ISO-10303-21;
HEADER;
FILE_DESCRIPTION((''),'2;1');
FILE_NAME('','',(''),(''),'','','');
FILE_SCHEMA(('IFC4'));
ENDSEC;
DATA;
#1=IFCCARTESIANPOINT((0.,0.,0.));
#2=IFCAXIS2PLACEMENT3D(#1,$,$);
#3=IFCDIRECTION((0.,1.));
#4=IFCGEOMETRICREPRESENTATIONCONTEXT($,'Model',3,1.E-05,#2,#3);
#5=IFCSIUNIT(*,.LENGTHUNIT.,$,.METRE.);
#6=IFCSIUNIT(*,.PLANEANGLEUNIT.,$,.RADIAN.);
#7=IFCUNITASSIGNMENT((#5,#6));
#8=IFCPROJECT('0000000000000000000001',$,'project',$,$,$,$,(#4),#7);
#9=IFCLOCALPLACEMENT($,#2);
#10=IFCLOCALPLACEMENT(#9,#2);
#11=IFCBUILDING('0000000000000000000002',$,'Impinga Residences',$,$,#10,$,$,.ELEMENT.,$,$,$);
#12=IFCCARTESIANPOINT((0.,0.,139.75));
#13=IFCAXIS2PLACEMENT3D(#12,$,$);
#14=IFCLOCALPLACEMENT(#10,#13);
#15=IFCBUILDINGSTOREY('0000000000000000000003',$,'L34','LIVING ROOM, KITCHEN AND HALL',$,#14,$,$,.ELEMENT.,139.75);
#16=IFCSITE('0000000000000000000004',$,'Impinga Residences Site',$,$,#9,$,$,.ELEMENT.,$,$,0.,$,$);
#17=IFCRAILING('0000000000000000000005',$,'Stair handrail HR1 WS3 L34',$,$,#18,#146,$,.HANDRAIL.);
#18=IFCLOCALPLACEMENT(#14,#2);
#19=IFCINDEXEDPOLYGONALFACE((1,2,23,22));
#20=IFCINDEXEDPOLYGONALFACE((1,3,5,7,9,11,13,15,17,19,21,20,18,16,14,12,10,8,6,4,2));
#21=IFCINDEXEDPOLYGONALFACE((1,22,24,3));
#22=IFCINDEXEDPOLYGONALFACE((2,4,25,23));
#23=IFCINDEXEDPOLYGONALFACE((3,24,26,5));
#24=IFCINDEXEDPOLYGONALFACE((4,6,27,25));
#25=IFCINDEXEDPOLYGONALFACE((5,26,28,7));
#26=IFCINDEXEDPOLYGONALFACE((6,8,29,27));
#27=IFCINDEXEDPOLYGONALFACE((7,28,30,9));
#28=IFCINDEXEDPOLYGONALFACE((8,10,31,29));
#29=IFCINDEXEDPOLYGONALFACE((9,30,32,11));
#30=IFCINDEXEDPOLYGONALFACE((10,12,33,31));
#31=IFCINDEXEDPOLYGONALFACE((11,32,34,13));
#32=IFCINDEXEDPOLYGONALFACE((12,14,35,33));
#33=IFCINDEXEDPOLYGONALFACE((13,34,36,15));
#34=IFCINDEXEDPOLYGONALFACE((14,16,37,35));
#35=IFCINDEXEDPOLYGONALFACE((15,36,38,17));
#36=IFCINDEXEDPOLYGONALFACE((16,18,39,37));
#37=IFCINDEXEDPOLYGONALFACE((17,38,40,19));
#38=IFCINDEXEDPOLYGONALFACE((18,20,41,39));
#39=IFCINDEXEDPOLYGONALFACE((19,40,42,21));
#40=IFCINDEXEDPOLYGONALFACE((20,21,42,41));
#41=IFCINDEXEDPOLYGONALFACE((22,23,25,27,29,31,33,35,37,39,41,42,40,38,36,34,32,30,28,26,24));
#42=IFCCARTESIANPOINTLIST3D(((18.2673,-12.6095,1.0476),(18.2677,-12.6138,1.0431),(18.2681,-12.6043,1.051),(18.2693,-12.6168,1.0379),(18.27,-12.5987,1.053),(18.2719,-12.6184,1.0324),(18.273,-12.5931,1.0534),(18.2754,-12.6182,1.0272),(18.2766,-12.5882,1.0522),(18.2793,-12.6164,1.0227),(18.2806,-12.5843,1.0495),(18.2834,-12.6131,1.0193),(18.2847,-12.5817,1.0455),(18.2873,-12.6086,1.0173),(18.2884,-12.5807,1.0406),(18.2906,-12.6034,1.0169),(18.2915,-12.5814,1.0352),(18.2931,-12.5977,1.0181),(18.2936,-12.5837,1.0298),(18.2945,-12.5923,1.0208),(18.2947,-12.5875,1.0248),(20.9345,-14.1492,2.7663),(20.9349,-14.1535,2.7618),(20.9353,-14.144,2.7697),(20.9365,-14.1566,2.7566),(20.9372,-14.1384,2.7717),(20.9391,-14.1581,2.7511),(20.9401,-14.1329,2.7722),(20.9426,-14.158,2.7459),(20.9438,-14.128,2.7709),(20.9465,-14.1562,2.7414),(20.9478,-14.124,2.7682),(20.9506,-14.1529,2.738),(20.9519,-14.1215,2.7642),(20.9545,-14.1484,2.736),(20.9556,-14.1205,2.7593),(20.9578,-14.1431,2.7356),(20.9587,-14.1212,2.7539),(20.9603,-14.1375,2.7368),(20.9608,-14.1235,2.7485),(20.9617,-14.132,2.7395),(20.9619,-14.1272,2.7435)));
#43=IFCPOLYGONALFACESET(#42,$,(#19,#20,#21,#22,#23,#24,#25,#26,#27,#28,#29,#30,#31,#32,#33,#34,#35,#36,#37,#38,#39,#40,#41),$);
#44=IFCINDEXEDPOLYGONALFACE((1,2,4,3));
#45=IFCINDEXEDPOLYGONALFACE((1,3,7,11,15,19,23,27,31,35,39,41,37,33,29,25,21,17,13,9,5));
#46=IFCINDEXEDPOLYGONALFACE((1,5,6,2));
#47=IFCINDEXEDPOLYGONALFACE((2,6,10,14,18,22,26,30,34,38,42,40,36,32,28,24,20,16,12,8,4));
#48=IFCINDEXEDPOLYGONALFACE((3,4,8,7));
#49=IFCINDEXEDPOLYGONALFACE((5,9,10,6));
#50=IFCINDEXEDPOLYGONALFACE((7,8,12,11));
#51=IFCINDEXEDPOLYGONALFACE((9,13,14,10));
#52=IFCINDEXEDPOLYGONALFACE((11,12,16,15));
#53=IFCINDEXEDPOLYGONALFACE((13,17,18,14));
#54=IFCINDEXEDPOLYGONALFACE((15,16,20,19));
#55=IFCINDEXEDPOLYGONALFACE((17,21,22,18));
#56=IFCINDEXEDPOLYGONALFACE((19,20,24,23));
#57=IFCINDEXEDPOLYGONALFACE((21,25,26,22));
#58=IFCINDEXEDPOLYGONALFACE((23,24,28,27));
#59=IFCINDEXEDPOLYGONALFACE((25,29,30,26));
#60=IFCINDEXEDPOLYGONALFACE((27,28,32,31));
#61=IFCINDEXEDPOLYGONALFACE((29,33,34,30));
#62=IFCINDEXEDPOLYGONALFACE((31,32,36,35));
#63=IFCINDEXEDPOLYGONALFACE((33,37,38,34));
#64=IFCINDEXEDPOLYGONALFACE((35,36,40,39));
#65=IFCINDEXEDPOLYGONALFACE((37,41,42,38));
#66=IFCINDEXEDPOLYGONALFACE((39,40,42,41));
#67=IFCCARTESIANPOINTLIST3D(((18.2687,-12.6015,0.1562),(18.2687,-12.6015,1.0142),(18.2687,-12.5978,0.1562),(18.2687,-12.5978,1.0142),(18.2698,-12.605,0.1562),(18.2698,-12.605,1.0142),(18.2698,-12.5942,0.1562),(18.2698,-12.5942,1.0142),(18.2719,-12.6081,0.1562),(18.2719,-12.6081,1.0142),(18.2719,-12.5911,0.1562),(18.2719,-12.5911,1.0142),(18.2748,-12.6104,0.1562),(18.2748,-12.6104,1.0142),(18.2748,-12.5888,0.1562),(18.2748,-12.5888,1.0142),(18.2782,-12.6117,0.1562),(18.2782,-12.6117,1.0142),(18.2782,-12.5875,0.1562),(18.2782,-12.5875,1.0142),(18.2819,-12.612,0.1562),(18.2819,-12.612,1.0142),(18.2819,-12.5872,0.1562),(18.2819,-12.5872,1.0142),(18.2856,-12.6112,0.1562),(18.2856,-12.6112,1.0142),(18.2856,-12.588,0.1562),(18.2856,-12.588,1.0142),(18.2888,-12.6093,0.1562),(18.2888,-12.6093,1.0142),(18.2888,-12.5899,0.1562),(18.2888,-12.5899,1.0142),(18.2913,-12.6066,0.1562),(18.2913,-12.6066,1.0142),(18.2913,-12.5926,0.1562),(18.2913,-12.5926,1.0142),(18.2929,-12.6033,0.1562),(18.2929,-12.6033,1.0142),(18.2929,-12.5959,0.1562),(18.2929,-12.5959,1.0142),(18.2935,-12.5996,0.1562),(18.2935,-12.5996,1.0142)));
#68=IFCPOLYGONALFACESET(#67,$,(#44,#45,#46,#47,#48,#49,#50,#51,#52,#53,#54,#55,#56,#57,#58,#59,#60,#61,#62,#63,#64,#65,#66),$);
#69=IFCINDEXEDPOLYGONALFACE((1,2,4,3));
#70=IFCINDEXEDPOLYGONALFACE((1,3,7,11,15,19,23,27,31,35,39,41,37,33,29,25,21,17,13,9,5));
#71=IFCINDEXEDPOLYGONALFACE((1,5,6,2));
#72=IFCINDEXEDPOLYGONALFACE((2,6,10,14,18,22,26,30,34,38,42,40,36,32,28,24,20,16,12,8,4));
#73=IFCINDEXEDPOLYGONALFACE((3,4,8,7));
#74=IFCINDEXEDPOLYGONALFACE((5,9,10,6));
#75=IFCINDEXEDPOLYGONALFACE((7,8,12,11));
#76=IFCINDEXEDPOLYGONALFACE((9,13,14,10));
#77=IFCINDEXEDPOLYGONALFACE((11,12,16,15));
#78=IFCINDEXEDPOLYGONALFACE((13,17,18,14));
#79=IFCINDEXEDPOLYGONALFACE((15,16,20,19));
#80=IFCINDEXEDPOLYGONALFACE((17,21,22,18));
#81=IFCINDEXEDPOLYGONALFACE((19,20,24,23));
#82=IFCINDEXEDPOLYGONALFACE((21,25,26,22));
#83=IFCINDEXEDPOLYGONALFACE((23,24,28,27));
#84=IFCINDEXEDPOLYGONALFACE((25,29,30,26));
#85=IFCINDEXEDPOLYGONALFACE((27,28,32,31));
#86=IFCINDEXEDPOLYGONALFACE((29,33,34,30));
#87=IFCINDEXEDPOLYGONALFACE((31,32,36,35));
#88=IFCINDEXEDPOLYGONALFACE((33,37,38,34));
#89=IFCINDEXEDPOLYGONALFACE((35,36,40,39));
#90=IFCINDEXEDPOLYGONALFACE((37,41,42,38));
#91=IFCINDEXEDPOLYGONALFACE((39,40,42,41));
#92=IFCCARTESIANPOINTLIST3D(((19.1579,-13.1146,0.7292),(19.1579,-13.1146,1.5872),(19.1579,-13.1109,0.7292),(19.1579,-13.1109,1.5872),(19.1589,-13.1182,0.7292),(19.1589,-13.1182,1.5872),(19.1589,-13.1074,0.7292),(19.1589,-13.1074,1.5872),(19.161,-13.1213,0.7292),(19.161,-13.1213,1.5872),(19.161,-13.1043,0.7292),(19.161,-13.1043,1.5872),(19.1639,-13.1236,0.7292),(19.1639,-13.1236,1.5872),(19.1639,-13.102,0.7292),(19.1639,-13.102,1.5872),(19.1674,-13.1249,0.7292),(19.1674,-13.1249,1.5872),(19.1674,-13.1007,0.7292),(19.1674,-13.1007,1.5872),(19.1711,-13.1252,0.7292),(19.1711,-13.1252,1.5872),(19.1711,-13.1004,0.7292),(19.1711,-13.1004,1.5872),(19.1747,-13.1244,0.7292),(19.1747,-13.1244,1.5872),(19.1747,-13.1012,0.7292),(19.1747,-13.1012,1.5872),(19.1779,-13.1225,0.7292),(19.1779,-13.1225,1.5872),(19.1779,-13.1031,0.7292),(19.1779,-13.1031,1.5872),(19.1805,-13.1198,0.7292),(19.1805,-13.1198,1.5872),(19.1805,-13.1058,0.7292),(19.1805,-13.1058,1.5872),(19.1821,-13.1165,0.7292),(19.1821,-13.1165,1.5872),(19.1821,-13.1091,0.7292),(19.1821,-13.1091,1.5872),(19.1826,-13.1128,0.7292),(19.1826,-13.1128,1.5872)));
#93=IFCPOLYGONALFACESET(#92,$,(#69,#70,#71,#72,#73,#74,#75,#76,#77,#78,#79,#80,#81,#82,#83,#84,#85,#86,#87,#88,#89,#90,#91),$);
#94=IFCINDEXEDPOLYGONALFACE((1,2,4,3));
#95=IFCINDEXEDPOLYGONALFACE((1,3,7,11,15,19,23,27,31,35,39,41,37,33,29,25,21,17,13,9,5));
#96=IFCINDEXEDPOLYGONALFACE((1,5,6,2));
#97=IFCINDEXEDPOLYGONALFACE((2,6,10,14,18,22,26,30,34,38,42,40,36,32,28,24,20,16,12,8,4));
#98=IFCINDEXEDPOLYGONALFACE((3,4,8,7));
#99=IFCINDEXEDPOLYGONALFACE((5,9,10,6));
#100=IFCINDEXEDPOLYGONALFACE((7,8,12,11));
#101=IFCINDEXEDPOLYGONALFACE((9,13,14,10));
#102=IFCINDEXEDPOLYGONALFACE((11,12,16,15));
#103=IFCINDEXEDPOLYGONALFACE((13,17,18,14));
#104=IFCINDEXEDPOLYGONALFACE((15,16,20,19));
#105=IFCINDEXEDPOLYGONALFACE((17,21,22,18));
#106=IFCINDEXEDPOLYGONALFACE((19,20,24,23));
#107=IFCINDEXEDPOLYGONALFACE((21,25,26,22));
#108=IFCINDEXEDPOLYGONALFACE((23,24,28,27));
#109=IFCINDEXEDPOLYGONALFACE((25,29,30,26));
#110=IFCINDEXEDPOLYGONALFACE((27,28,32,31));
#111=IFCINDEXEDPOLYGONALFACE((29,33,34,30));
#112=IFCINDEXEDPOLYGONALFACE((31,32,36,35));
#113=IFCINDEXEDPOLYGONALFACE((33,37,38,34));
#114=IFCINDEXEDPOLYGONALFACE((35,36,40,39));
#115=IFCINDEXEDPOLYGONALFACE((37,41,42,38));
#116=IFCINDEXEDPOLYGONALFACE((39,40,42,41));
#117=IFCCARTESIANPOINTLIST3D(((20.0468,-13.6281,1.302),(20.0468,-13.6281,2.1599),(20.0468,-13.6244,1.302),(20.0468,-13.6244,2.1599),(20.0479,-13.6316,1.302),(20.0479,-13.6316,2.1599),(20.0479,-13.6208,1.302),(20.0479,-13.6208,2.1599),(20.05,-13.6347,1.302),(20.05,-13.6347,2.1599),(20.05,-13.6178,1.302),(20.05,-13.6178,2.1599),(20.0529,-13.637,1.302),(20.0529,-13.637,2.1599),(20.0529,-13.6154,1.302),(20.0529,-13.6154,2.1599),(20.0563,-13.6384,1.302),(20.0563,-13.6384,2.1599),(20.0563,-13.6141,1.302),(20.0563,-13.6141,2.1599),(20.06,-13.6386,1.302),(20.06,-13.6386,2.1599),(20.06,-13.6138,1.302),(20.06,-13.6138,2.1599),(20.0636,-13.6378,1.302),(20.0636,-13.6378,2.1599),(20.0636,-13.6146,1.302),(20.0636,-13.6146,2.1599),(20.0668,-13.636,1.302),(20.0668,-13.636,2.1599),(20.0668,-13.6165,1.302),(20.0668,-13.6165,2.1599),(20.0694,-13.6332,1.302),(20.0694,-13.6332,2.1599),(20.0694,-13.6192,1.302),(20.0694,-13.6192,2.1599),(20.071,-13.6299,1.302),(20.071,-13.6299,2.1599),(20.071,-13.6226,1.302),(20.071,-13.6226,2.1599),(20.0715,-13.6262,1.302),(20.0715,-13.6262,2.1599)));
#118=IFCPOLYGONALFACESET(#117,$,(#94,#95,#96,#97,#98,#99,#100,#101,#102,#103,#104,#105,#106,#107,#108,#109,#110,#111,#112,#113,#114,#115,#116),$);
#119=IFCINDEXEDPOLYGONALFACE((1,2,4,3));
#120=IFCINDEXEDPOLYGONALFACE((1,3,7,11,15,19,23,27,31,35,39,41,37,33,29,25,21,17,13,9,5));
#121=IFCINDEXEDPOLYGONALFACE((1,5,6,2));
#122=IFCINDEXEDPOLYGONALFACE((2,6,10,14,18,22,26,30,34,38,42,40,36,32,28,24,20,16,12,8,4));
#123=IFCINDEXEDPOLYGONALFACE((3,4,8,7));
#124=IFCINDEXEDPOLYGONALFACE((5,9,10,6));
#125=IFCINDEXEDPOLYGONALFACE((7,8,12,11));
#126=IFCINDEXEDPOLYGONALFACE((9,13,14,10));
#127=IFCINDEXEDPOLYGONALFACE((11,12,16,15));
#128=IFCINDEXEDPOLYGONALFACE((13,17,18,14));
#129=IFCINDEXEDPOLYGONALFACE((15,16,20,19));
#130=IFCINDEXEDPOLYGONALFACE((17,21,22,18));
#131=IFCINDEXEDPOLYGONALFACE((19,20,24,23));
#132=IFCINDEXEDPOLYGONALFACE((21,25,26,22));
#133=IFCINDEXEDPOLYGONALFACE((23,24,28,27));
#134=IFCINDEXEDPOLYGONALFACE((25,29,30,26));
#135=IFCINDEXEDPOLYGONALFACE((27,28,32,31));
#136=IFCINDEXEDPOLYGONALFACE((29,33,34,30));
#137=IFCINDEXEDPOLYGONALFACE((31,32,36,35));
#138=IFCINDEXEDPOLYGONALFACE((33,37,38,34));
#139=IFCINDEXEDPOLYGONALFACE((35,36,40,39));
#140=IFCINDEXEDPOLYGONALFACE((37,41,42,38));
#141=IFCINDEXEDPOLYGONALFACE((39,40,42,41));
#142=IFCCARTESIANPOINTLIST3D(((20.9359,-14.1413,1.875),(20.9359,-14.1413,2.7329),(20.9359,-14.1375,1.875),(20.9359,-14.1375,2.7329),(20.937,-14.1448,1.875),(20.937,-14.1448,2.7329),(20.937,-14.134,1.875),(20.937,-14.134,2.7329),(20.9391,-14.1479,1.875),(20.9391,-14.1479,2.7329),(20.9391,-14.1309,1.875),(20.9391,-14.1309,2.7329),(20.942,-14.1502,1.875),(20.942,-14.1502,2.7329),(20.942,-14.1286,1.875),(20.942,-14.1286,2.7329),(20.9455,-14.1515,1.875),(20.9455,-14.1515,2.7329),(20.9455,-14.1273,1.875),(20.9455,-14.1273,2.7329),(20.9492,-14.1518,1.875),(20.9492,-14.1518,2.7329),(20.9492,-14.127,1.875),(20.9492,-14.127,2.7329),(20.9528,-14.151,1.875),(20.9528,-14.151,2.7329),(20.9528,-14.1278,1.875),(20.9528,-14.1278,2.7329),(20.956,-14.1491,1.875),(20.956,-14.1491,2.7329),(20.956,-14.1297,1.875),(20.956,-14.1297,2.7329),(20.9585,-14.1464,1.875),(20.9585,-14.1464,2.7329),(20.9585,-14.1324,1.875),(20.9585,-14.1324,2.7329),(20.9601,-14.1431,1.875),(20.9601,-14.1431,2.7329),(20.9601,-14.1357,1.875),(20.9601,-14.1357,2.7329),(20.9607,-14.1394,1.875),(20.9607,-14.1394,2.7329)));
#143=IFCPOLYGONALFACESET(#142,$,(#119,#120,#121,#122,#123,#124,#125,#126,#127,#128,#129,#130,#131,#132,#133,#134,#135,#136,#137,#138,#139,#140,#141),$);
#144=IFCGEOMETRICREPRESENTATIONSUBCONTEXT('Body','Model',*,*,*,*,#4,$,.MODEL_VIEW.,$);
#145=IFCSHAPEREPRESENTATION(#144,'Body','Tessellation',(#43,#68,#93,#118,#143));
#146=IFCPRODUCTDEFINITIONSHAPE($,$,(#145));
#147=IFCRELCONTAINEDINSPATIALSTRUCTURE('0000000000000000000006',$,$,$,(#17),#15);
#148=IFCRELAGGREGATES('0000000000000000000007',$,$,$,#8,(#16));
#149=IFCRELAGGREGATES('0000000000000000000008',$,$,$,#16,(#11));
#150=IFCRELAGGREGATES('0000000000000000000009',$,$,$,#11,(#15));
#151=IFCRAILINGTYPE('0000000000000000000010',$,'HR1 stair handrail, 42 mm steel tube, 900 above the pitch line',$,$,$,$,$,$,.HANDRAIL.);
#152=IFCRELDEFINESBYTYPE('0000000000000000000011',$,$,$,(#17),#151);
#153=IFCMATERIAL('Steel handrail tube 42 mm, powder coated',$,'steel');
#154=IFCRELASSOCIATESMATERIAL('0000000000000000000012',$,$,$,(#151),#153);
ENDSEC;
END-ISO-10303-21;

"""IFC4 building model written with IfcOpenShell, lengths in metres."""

from ifc_helpers import new_model, si_unit, direction, frame, origin, origin_2d, place, context, subcontext, project, spatial, circle, extrude, material, type_object, element, save


model = new_model("IFC4")

# Units and contexts
model_context = context("Model", 3, precision=1e-05, world=origin(), true_north=direction((0.0, 1.0)))
body_context = subcontext(model_context, "Body", "Model", "MODEL_VIEW")
ifc_project = project(units=[si_unit("LENGTHUNIT", "METRE"), si_unit("PLANEANGLEUNIT", "RADIAN")], contexts=[model_context])

# Site, building, storey
site_placement = place(None, origin())
site = spatial("IfcSite", under=ifc_project, at=site_placement, Name="Impinga Residences Site", CompositionType="ELEMENT", RefElevation=0.0)
building_placement = place(site_placement, origin())
building = spatial("IfcBuilding", under=site, at=building_placement, Name="Impinga Residences", CompositionType="ELEMENT")
storey_placement = place(building_placement, frame((0.0, 0.0, 139.75)))
storey = spatial("IfcBuildingStorey", under=building, at=storey_placement, Name="L34", Description="LIVING ROOM, KITCHEN AND HALL", CompositionType="ELEMENT", Elevation=139.75)

# Railing
ifc_material_1 = material(Name="Steel handrail tube 42 mm, powder coated", Category="steel")
railing_type_1 = type_object("IfcRailingType", Name="HR1 stair handrail, 42 mm steel tube, 900 above the pitch line", PredefinedType="HANDRAIL", material=ifc_material_1)
railing_1_placement = place(storey_placement, frame((18.281, -12.5996, 0.1562)))
element("IfcRailing", 1, at=railing_1_placement, inside=storey, type_object=railing_type_1, Name="Stair handrail HR1 WS3 L34", PredefinedType="HANDRAIL", context=body_context, shape_type="SweptSolid", body=[
    extrude(circle(Radius=0.021, at=origin_2d()), frame((0.0, 0.0, 0.8789), z_axis=(0.756249, -0.436582, 0.487322), x_axis=(0.499967, 0.866044, 0.0)), (0.0, 0.0, 1.0), 3.5269),
    extrude(circle(Radius=0.0125, at=origin_2d()), origin(), (0.0, 0.0, 1.0), 0.8579),
    extrude(circle(Radius=0.0125, at=origin_2d()), frame((0.8892, -0.5132, 0.573)), (0.0, 0.0, 1.0), 0.8579),
    extrude(circle(Radius=0.0125, at=origin_2d()), frame((1.7781, -1.0266, 1.1458)), (0.0, 0.0, 1.0), 0.8579),
    extrude(circle(Radius=0.0125, at=origin_2d()), frame((2.6672, -1.5398, 1.7188)), (0.0, 0.0, 1.0), 0.8579),
])

save(model, "model.ifc")
